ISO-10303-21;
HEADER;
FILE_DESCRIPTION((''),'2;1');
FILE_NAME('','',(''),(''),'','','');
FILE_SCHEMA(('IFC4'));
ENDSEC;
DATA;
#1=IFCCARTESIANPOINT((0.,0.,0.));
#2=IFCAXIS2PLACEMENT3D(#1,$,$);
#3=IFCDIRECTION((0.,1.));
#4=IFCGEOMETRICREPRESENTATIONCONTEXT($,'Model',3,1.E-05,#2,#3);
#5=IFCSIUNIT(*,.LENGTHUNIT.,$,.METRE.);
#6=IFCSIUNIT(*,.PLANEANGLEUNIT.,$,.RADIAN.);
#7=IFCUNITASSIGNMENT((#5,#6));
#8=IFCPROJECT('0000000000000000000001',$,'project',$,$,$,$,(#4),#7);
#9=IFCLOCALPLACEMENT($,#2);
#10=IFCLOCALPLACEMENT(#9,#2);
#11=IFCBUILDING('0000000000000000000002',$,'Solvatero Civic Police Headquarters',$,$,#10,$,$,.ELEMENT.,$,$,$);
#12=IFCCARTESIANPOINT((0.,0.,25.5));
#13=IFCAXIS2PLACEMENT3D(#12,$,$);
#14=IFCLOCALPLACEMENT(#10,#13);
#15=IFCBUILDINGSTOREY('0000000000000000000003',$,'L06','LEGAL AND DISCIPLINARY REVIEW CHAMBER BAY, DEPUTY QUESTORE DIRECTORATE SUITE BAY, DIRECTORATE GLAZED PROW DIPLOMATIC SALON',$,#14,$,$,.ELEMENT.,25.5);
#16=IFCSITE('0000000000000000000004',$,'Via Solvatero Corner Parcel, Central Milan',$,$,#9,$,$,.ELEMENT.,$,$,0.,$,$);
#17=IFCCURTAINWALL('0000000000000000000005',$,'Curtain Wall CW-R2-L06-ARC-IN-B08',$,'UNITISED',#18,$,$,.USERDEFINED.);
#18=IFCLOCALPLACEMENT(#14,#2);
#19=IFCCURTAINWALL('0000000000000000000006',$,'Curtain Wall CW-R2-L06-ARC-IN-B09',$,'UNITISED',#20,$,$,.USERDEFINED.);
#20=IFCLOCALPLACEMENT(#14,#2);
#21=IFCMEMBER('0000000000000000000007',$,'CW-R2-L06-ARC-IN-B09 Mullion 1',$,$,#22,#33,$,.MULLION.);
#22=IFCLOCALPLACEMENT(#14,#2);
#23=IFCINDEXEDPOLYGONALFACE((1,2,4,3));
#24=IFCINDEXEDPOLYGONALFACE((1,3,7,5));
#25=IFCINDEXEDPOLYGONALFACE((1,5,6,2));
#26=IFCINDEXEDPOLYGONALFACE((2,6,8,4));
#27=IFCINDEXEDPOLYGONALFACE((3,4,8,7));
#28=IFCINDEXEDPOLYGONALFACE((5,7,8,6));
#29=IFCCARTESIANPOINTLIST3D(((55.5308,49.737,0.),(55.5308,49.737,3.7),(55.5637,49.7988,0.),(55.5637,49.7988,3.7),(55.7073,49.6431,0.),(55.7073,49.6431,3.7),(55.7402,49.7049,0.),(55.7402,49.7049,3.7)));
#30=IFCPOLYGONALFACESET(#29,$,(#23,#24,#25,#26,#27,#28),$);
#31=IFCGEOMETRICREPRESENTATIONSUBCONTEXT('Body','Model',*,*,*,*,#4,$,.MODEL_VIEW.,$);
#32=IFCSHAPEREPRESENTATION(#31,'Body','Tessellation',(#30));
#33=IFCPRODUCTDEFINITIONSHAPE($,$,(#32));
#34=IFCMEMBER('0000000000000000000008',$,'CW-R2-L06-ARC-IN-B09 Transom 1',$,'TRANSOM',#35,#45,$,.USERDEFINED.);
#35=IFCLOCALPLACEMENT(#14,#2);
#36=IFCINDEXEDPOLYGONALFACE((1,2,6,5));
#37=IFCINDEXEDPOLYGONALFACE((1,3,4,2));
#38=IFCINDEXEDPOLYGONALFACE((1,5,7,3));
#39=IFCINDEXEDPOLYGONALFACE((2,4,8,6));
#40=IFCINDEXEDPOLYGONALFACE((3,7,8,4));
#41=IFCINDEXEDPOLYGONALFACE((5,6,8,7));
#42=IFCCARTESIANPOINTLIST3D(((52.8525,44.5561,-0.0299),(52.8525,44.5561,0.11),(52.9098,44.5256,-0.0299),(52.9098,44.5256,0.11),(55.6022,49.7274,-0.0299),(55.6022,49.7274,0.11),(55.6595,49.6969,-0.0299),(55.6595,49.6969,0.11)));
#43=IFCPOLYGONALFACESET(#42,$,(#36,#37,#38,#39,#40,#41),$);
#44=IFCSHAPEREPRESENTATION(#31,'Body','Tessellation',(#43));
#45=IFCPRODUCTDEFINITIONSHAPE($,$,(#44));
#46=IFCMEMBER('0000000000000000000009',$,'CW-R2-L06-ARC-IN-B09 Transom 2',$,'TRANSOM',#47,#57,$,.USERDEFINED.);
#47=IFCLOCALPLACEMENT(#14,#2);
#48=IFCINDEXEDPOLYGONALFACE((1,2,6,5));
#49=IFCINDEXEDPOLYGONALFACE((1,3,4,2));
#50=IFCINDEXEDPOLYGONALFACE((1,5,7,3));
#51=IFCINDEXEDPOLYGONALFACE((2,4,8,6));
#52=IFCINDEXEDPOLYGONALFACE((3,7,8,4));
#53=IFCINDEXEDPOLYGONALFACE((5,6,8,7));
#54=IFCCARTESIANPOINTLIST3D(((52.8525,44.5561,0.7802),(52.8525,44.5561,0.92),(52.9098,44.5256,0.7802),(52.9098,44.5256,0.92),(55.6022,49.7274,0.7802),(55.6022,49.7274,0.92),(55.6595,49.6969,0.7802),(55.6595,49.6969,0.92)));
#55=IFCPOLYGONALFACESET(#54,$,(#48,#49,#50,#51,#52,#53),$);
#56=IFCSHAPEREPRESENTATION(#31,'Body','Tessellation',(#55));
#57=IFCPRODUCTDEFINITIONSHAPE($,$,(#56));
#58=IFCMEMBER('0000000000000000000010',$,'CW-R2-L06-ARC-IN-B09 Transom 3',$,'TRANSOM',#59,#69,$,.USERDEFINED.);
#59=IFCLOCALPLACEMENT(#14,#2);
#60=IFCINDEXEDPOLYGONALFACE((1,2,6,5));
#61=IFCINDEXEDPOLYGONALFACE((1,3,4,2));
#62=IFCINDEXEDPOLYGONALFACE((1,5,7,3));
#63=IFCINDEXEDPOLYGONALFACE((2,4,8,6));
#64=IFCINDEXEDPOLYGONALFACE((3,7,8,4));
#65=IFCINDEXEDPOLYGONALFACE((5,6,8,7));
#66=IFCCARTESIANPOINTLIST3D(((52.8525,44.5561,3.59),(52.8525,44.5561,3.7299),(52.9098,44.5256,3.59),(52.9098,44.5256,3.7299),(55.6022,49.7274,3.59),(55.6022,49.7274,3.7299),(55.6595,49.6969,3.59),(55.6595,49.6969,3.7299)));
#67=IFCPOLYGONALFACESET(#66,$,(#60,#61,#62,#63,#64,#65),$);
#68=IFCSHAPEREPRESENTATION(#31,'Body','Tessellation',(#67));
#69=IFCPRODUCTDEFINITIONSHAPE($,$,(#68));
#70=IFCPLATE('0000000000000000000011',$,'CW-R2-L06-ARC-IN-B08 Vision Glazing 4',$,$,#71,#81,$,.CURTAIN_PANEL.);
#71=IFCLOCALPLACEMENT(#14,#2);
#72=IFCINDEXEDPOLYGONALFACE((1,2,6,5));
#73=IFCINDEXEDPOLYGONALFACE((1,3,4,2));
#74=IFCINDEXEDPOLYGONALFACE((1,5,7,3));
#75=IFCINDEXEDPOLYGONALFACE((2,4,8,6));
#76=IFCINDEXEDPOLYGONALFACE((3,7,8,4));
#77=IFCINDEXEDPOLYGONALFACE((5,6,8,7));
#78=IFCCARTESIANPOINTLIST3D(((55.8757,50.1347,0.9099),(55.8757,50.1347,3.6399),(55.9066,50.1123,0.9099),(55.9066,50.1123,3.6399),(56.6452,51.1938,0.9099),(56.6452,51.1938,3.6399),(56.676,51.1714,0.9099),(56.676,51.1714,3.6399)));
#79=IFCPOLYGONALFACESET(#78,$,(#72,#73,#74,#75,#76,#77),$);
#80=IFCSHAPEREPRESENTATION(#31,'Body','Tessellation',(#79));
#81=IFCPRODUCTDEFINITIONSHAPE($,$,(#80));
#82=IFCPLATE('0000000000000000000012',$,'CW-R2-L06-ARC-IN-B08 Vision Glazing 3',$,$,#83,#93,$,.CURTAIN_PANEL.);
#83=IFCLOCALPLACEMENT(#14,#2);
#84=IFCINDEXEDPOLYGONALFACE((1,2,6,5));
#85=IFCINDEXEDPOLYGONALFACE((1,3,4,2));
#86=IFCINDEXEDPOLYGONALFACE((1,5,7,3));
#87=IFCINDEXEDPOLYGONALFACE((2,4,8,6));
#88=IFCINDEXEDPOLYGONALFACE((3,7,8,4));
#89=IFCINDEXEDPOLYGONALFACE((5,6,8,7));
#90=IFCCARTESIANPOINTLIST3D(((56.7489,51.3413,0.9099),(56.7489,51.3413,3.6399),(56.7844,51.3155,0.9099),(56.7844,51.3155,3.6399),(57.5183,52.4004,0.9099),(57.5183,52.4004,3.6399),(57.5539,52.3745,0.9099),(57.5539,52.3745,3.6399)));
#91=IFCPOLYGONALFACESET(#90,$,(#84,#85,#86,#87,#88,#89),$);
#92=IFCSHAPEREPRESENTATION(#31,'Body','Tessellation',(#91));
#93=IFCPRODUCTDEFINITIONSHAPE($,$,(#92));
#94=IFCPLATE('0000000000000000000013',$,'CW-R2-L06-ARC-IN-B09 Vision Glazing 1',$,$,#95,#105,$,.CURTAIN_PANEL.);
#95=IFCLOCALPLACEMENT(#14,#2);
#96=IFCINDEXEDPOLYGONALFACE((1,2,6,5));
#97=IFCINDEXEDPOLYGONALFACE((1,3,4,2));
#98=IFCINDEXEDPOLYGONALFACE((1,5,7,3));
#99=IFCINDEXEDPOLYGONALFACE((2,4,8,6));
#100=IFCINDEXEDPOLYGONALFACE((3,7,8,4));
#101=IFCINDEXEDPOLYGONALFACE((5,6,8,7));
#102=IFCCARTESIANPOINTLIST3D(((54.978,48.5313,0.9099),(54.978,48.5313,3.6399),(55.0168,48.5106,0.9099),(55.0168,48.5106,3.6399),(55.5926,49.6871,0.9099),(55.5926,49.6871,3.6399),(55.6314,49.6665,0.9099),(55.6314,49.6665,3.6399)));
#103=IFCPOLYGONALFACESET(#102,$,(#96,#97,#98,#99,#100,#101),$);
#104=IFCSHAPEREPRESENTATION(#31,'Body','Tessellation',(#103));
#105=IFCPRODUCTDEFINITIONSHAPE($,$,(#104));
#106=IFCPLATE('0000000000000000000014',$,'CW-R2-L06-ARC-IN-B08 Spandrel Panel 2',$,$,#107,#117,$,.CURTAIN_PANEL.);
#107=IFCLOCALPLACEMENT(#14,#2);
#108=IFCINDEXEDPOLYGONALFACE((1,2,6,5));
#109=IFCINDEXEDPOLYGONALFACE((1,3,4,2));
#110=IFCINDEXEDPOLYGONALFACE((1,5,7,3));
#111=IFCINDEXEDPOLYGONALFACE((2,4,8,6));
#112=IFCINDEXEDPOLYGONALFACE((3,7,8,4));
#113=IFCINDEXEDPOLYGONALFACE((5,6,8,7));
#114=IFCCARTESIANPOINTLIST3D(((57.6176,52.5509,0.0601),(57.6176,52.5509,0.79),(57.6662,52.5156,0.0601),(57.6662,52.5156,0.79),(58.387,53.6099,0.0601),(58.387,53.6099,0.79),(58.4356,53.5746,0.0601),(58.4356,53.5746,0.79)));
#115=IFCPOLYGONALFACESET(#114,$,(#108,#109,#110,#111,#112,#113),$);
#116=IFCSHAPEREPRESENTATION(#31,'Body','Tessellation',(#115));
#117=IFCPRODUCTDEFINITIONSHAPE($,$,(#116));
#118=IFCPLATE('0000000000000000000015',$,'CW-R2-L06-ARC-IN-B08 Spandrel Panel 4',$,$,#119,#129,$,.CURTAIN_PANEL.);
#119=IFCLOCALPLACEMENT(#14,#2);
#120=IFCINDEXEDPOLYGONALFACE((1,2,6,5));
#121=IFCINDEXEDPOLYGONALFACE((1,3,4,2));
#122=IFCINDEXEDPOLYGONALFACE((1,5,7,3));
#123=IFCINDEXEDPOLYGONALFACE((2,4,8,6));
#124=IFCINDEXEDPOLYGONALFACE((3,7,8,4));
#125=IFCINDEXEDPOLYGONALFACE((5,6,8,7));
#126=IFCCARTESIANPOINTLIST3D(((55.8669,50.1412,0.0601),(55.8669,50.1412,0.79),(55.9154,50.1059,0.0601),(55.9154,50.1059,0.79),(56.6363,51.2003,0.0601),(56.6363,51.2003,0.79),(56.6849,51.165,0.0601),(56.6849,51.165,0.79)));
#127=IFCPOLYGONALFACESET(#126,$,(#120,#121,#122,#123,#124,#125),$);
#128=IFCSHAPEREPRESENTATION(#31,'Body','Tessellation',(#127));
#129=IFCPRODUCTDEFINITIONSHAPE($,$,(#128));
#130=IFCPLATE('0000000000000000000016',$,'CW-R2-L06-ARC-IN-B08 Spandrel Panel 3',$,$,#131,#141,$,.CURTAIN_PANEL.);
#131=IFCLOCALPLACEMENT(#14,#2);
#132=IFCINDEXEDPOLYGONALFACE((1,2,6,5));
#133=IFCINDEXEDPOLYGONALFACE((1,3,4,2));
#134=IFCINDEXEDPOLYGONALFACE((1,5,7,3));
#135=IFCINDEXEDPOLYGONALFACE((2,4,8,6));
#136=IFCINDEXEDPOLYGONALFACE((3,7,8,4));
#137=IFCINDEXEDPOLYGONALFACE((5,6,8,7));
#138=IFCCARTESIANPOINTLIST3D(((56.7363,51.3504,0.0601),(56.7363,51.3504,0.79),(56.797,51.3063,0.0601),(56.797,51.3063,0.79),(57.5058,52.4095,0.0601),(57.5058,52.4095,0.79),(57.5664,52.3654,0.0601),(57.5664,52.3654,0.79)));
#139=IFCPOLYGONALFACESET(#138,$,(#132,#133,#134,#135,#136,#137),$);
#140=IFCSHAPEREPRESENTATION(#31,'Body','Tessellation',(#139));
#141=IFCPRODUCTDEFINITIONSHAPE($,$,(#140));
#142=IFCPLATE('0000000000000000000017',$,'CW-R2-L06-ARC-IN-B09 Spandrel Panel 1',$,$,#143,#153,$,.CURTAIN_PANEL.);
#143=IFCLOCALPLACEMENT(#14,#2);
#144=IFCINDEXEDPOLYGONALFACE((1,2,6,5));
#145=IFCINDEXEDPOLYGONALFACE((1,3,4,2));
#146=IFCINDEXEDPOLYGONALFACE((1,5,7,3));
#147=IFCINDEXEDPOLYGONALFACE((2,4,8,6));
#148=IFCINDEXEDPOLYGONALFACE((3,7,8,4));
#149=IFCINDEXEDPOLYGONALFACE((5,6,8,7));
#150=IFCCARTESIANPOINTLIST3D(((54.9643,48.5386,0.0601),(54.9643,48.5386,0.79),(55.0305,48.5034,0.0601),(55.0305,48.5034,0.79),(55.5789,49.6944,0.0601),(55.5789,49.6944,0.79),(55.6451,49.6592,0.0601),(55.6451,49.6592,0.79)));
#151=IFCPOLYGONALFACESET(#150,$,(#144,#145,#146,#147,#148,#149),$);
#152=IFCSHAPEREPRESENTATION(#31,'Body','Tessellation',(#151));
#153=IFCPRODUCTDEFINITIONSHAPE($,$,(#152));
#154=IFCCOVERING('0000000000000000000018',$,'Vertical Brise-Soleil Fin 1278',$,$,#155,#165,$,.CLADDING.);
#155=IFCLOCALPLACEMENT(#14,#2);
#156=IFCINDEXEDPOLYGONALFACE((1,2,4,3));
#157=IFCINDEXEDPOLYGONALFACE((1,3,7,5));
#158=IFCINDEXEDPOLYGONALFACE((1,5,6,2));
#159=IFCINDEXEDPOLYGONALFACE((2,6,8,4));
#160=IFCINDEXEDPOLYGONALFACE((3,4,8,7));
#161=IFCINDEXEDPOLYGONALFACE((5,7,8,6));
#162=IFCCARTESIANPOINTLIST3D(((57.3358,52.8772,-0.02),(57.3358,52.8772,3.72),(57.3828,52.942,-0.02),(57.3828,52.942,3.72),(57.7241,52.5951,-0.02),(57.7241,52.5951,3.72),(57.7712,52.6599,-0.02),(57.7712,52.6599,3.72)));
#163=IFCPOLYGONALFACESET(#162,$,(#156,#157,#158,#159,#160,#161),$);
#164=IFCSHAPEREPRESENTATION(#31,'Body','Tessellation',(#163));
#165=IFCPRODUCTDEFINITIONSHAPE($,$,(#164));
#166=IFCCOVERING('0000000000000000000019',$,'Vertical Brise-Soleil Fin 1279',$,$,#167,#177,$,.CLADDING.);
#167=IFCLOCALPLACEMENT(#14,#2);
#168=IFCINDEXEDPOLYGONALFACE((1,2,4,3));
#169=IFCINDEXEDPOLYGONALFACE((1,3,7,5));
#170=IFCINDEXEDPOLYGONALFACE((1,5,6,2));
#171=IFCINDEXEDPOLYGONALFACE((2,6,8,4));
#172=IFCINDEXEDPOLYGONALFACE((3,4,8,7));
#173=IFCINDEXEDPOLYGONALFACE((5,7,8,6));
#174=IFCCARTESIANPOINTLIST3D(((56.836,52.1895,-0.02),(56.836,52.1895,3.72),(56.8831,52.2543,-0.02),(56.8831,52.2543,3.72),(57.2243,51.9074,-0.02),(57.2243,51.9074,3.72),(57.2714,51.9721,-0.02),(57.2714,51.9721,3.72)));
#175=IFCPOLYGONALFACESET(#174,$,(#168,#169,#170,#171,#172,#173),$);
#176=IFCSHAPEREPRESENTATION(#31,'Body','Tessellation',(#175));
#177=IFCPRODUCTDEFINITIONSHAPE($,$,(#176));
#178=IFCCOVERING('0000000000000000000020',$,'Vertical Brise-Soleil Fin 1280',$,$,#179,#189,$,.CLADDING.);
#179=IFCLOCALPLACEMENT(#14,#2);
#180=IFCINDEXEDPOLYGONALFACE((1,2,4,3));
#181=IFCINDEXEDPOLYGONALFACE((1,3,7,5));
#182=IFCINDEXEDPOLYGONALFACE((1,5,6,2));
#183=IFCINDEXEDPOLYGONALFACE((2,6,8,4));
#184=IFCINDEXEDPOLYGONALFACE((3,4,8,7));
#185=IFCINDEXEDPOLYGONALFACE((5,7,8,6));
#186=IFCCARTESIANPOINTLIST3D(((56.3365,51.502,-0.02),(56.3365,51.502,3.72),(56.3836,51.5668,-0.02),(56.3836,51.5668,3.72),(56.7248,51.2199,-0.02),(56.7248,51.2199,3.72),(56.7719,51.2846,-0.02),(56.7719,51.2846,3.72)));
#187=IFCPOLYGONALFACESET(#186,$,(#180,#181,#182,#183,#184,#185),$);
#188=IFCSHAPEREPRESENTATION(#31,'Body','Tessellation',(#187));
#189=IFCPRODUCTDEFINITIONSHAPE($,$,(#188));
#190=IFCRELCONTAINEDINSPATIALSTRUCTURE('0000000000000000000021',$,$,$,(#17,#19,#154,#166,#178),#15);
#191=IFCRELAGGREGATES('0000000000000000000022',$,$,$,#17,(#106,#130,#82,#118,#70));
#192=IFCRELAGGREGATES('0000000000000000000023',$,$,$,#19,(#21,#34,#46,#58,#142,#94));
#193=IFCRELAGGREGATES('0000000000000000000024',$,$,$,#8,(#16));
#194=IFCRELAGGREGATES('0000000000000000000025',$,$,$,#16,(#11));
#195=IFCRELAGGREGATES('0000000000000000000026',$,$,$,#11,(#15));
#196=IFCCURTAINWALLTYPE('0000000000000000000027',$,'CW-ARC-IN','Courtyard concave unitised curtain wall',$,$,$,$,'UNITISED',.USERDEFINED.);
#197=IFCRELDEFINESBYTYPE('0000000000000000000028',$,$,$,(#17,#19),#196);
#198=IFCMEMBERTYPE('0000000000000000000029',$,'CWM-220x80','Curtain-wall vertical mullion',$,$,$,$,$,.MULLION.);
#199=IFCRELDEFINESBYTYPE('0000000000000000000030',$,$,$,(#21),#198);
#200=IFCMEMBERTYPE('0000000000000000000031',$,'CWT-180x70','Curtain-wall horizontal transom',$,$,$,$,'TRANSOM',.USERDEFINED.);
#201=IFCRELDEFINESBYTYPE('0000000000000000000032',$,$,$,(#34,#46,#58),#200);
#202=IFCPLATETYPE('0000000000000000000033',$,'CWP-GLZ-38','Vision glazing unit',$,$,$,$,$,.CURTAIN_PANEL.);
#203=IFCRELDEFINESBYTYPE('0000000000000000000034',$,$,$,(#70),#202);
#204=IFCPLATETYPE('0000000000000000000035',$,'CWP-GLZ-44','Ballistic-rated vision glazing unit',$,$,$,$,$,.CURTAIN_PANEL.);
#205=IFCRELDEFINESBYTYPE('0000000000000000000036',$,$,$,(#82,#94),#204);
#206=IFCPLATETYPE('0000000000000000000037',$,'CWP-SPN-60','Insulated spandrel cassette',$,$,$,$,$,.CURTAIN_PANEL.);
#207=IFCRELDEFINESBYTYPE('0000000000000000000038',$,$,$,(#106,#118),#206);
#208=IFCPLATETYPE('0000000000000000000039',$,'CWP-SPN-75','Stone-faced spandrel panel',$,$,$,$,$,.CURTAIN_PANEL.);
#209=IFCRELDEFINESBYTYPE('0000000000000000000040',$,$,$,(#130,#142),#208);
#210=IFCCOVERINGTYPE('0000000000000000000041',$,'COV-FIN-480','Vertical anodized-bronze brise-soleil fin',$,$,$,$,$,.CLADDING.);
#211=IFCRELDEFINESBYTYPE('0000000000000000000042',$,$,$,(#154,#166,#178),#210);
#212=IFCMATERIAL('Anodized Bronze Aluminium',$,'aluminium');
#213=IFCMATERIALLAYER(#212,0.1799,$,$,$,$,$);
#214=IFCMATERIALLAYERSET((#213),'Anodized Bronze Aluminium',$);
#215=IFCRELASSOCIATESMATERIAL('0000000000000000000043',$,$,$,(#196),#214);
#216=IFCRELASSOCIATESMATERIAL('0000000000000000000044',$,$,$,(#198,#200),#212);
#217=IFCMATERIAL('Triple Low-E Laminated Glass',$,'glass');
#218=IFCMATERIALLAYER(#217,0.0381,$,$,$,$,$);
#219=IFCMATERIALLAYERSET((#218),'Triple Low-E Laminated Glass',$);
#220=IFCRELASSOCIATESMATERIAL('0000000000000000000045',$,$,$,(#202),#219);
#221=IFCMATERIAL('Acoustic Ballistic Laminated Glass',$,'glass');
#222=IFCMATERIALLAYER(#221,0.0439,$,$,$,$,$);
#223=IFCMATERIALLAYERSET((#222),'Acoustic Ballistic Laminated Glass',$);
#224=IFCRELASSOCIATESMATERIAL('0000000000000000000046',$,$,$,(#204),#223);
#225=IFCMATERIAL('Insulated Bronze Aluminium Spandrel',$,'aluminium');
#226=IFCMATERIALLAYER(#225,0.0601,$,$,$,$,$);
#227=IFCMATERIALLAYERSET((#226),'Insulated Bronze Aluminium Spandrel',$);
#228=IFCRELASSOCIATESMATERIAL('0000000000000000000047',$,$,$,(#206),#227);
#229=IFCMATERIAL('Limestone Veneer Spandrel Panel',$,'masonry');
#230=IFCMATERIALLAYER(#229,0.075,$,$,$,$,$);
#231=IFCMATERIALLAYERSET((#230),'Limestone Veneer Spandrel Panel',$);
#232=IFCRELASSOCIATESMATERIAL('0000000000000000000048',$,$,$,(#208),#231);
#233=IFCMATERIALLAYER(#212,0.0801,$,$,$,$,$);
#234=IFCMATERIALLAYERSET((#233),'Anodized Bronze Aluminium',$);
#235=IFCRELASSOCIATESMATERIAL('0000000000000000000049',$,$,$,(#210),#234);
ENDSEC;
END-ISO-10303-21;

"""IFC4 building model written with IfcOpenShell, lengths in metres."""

from ifc_helpers import new_model, si_unit, direction, frame, origin, origin_2d, place, context, subcontext, project, spatial, rectangle, extrude, material, layer, layer_set, material_profile, profile_set, type_object, element, aggregate, save


model = new_model("IFC4")

# Units and contexts
model_context = context("Model", 3, precision=1e-05, world=origin(), true_north=direction((0.0, 1.0)))
body_context = subcontext(model_context, "Body", "Model", "MODEL_VIEW")
ifc_project = project(units=[si_unit("LENGTHUNIT", "METRE"), si_unit("PLANEANGLEUNIT", "RADIAN")], contexts=[model_context])

# Site, building, storey
site_placement = place(None, origin())
site = spatial("IfcSite", under=ifc_project, at=site_placement, Name="Via Solvatero Corner Parcel, Central Milan", CompositionType="ELEMENT", RefElevation=0.0)
building_placement = place(site_placement, origin())
building = spatial("IfcBuilding", under=site, at=building_placement, Name="Solvatero Civic Police Headquarters", CompositionType="ELEMENT")
storey_placement = place(building_placement, frame((0.0, 0.0, 25.5)))
storey = spatial("IfcBuildingStorey", under=building, at=storey_placement, Name="L06", Description="LEGAL AND DISCIPLINARY REVIEW CHAMBER BAY, DEPUTY QUESTORE DIRECTORATE SUITE BAY, DIRECTORATE GLAZED PROW DIPLOMATIC SALON", CompositionType="ELEMENT", Elevation=25.5)

# Curtain walls, members
ifc_material_1 = material(Name="Anodized Bronze Aluminium", Category="aluminium")
ifc_layer_1 = layer(ifc_material_1, 0.1799)
ifc_layer_set_1 = layer_set([ifc_layer_1], Name="Anodized Bronze Aluminium")
curtain_wall_type = type_object("IfcCurtainWallType", Name="CW-ARC-IN", Description="Courtyard concave unitised curtain wall", ElementType="UNITISED", PredefinedType="USERDEFINED", material=ifc_layer_set_1)
curtain_wall_1_placement = place(storey_placement, origin())
curtain_wall_1 = element("IfcCurtainWall", 1, at=curtain_wall_1_placement, inside=storey, type_object=curtain_wall_type, Name="Curtain Wall CW-R2-L06-ARC-IN-B08", ObjectType="UNITISED", PredefinedType="USERDEFINED")
curtain_wall_2_placement = place(storey_placement, origin())
curtain_wall_2 = element("IfcCurtainWall", 2, at=curtain_wall_2_placement, inside=storey, type_object=curtain_wall_type, Name="Curtain Wall CW-R2-L06-ARC-IN-B09", ObjectType="UNITISED", PredefinedType="USERDEFINED")
ifc_material_profile_1 = material_profile(ifc_material_1, rectangle(XDim=0.0701, YDim=0.2, at=origin_2d()), Name="ALU MULLION 70x200")
ifc_profile_set_1 = profile_set([ifc_material_profile_1], Name="Anodized Bronze Aluminium")
member_type_1 = type_object("IfcMemberType", Name="CWM-220x80", Description="Curtain-wall vertical mullion", PredefinedType="MULLION", material=ifc_profile_set_1)
member_1_placement = place(storey_placement, frame((55.6355, 49.7209, 0.0), z_axis=(0.0, 0.0, 1.0), x_axis=(-0.469487, -0.882939, 0.0)))
member_1 = element("IfcMember", 3, at=member_1_placement, type_object=member_type_1, Name="CW-R2-L06-ARC-IN-B09 Mullion 1", PredefinedType="MULLION", context=body_context, shape_type="SweptSolid", body=[
    extrude(rectangle(XDim=0.0701, YDim=0.2, at=origin_2d()), origin(), (0.0, 0.0, 1.0), 3.7),
])
ifc_material_profile_2 = material_profile(ifc_material_1, rectangle(XDim=0.0649, YDim=0.1399, at=origin_2d()), Name="ALU TRANSOM 65x140")
ifc_profile_set_2 = profile_set([ifc_material_profile_2], Name="Anodized Bronze Aluminium")
member_type_2 = type_object("IfcMemberType", Name="CWT-180x70", Description="Curtain-wall horizontal transom", ElementType="TRANSOM", PredefinedType="USERDEFINED", material=ifc_profile_set_2)
member_2_placement = place(storey_placement, frame((55.6309, 49.7122, 0.04), z_axis=(-0.469482, -0.882942, 0.0), x_axis=(0.882942, -0.469482, 0.0)))
member_2 = element("IfcMember", 4, at=member_2_placement, type_object=member_type_2, Name="CW-R2-L06-ARC-IN-B09 Transom 1", ObjectType="TRANSOM", PredefinedType="USERDEFINED", context=body_context, shape_type="SweptSolid", body=[
    extrude(rectangle(XDim=0.0649, YDim=0.1399, at=origin_2d()), origin(), (0.0, 0.0, 1.0), 5.8569),
])
member_3_placement = place(storey_placement, frame((55.6309, 49.7122, 0.8501), z_axis=(-0.469482, -0.882942, 0.0), x_axis=(0.882942, -0.469482, 0.0)))
member_3 = element("IfcMember", 5, at=member_3_placement, type_object=member_type_2, Name="CW-R2-L06-ARC-IN-B09 Transom 2", ObjectType="TRANSOM", PredefinedType="USERDEFINED", context=body_context, shape_type="SweptSolid", body=[
    extrude(rectangle(XDim=0.0649, YDim=0.1399, at=origin_2d()), origin(), (0.0, 0.0, 1.0), 5.8569),
])
member_4_placement = place(storey_placement, frame((55.6309, 49.7122, 3.6599), z_axis=(-0.469482, -0.882942, 0.0), x_axis=(0.882942, -0.469482, 0.0)))
member_4 = element("IfcMember", 6, at=member_4_placement, type_object=member_type_2, Name="CW-R2-L06-ARC-IN-B09 Transom 3", ObjectType="TRANSOM", PredefinedType="USERDEFINED", context=body_context, shape_type="SweptSolid", body=[
    extrude(rectangle(XDim=0.0649, YDim=0.1399, at=origin_2d()), origin(), (0.0, 0.0, 1.0), 5.8569),
])

# Plates
ifc_material_2 = material(Name="Triple Low-E Laminated Glass", Category="glass")
ifc_layer_2 = layer(ifc_material_2, 0.0381)
ifc_layer_set_2 = layer_set([ifc_layer_2], Name="Triple Low-E Laminated Glass")
plate_type_1 = type_object("IfcPlateType", Name="CWP-GLZ-38", Description="Vision glazing unit", PredefinedType="CURTAIN_PANEL", material=ifc_layer_set_2)
plate_1_placement = place(storey_placement, frame((56.2759, 50.6531, 0.9099), z_axis=(0.0, 0.0, 1.0), x_axis=(-0.587785, -0.809017, 0.0)))
plate_1 = element("IfcPlate", 7, at=plate_1_placement, type_object=plate_type_1, Name="CW-R2-L06-ARC-IN-B08 Vision Glazing 4", PredefinedType="CURTAIN_PANEL", context=body_context, shape_type="SweptSolid", body=[
    extrude(rectangle(XDim=1.3091, YDim=0.0381, at=origin_2d()), origin(), (0.0, 0.0, 1.0), 2.73),
])
ifc_material_3 = material(Name="Acoustic Ballistic Laminated Glass", Category="glass")
ifc_layer_3 = layer(ifc_material_3, 0.0439)
ifc_layer_set_3 = layer_set([ifc_layer_3], Name="Acoustic Ballistic Laminated Glass")
plate_type_2 = type_object("IfcPlateType", Name="CWP-GLZ-44", Description="Ballistic-rated vision glazing unit", PredefinedType="CURTAIN_PANEL", material=ifc_layer_set_3)
plate_2_placement = place(storey_placement, frame((57.1514, 51.8579, 0.9099), z_axis=(0.0, 0.0, 1.0), x_axis=(-0.587785, -0.809017, 0.0)))
plate_2 = element("IfcPlate", 8, at=plate_2_placement, type_object=plate_type_2, Name="CW-R2-L06-ARC-IN-B08 Vision Glazing 3", PredefinedType="CURTAIN_PANEL", context=body_context, shape_type="SweptSolid", body=[
    extrude(rectangle(XDim=1.3091, YDim=0.0439, at=origin_2d()), origin(), (0.0, 0.0, 1.0), 2.73),
])
plate_3_placement = place(storey_placement, frame((55.3047, 49.0989, 0.9099), z_axis=(0.0, 0.0, 1.0), x_axis=(-0.469487, -0.882939, 0.0)))
plate_3 = element("IfcPlate", 9, at=plate_3_placement, type_object=plate_type_2, Name="CW-R2-L06-ARC-IN-B09 Vision Glazing 1", PredefinedType="CURTAIN_PANEL", context=body_context, shape_type="SweptSolid", body=[
    extrude(rectangle(XDim=1.3091, YDim=0.0439, at=origin_2d()), origin(), (0.0, 0.0, 1.0), 2.73),
])
ifc_material_4 = material(Name="Insulated Bronze Aluminium Spandrel", Category="aluminium")
ifc_layer_4 = layer(ifc_material_4, 0.0601)
ifc_layer_set_4 = layer_set([ifc_layer_4], Name="Insulated Bronze Aluminium Spandrel")
plate_type_3 = type_object("IfcPlateType", Name="CWP-SPN-60", Description="Insulated spandrel cassette", PredefinedType="CURTAIN_PANEL", material=ifc_layer_set_4)
plate_4_placement = place(storey_placement, frame((58.0266, 53.0627, 0.0601), z_axis=(0.0, 0.0, 1.0), x_axis=(-0.587785, -0.809017, 0.0)))
plate_4 = element("IfcPlate", 10, at=plate_4_placement, type_object=plate_type_3, Name="CW-R2-L06-ARC-IN-B08 Spandrel Panel 2", PredefinedType="CURTAIN_PANEL", context=body_context, shape_type="SweptSolid", body=[
    extrude(rectangle(XDim=1.3091, YDim=0.0601, at=origin_2d()), origin(), (0.0, 0.0, 1.0), 0.73),
])
plate_5_placement = place(storey_placement, frame((56.2759, 50.6531, 0.0601), z_axis=(0.0, 0.0, 1.0), x_axis=(-0.587785, -0.809017, 0.0)))
plate_5 = element("IfcPlate", 11, at=plate_5_placement, type_object=plate_type_3, Name="CW-R2-L06-ARC-IN-B08 Spandrel Panel 4", PredefinedType="CURTAIN_PANEL", context=body_context, shape_type="SweptSolid", body=[
    extrude(rectangle(XDim=1.3091, YDim=0.0601, at=origin_2d()), origin(), (0.0, 0.0, 1.0), 0.73),
])
ifc_material_5 = material(Name="Limestone Veneer Spandrel Panel", Category="masonry")
ifc_layer_5 = layer(ifc_material_5, 0.075)
ifc_layer_set_5 = layer_set([ifc_layer_5], Name="Limestone Veneer Spandrel Panel")
plate_type_4 = type_object("IfcPlateType", Name="CWP-SPN-75", Description="Stone-faced spandrel panel", PredefinedType="CURTAIN_PANEL", material=ifc_layer_set_5)
plate_6_placement = place(storey_placement, frame((57.1514, 51.8579, 0.0601), z_axis=(0.0, 0.0, 1.0), x_axis=(-0.587785, -0.809017, 0.0)))
plate_6 = element("IfcPlate", 12, at=plate_6_placement, type_object=plate_type_4, Name="CW-R2-L06-ARC-IN-B08 Spandrel Panel 3", PredefinedType="CURTAIN_PANEL", context=body_context, shape_type="SweptSolid", body=[
    extrude(rectangle(XDim=1.3091, YDim=0.075, at=origin_2d()), origin(), (0.0, 0.0, 1.0), 0.73),
])
aggregate(curtain_wall_1, [plate_4, plate_6, plate_2, plate_5, plate_1])
plate_7_placement = place(storey_placement, frame((55.3047, 49.0989, 0.0601), z_axis=(0.0, 0.0, 1.0), x_axis=(-0.469487, -0.882939, 0.0)))
plate_7 = element("IfcPlate", 13, at=plate_7_placement, type_object=plate_type_4, Name="CW-R2-L06-ARC-IN-B09 Spandrel Panel 1", PredefinedType="CURTAIN_PANEL", context=body_context, shape_type="SweptSolid", body=[
    extrude(rectangle(XDim=1.3091, YDim=0.075, at=origin_2d()), origin(), (0.0, 0.0, 1.0), 0.73),
])
aggregate(curtain_wall_2, [member_1, member_2, member_3, member_4, plate_7, plate_3])

# Coverings
ifc_layer_6 = layer(ifc_material_1, 0.0801)
ifc_layer_set_6 = layer_set([ifc_layer_6], Name="Anodized Bronze Aluminium")
covering_type = type_object("IfcCoveringType", Name="COV-FIN-480", Description="Vertical anodized-bronze brise-soleil fin", PredefinedType="CLADDING", material=ifc_layer_set_6)
for number, where, z_axis, x_axis, name in (
    (14, (57.5535, 52.7686, -0.02), (0.0, 0.0, 1.0), (-0.587785, -0.809017, 0.0), "Vertical Brise-Soleil Fin 1278"),
    (15, (57.0537, 52.0808, -0.02), (0.0, 0.0, 1.0), (-0.587785, -0.809017, 0.0), "Vertical Brise-Soleil Fin 1279"),
    (16, (56.5542, 51.3933, -0.02), (0.0, 0.0, 1.0), (-0.587785, -0.809017, 0.0), "Vertical Brise-Soleil Fin 1280"),
):
    element("IfcCovering", number, at=place(storey_placement, frame(where, z_axis=z_axis, x_axis=x_axis)), inside=storey, type_object=covering_type, Name=name, PredefinedType="CLADDING", context=body_context, shape_type="SweptSolid", body=[
        extrude(rectangle(XDim=0.0801, YDim=0.48, at=origin_2d()), origin(), (0.0, 0.0, 1.0), 3.74),
    ])

save(model, "model.ifc")
